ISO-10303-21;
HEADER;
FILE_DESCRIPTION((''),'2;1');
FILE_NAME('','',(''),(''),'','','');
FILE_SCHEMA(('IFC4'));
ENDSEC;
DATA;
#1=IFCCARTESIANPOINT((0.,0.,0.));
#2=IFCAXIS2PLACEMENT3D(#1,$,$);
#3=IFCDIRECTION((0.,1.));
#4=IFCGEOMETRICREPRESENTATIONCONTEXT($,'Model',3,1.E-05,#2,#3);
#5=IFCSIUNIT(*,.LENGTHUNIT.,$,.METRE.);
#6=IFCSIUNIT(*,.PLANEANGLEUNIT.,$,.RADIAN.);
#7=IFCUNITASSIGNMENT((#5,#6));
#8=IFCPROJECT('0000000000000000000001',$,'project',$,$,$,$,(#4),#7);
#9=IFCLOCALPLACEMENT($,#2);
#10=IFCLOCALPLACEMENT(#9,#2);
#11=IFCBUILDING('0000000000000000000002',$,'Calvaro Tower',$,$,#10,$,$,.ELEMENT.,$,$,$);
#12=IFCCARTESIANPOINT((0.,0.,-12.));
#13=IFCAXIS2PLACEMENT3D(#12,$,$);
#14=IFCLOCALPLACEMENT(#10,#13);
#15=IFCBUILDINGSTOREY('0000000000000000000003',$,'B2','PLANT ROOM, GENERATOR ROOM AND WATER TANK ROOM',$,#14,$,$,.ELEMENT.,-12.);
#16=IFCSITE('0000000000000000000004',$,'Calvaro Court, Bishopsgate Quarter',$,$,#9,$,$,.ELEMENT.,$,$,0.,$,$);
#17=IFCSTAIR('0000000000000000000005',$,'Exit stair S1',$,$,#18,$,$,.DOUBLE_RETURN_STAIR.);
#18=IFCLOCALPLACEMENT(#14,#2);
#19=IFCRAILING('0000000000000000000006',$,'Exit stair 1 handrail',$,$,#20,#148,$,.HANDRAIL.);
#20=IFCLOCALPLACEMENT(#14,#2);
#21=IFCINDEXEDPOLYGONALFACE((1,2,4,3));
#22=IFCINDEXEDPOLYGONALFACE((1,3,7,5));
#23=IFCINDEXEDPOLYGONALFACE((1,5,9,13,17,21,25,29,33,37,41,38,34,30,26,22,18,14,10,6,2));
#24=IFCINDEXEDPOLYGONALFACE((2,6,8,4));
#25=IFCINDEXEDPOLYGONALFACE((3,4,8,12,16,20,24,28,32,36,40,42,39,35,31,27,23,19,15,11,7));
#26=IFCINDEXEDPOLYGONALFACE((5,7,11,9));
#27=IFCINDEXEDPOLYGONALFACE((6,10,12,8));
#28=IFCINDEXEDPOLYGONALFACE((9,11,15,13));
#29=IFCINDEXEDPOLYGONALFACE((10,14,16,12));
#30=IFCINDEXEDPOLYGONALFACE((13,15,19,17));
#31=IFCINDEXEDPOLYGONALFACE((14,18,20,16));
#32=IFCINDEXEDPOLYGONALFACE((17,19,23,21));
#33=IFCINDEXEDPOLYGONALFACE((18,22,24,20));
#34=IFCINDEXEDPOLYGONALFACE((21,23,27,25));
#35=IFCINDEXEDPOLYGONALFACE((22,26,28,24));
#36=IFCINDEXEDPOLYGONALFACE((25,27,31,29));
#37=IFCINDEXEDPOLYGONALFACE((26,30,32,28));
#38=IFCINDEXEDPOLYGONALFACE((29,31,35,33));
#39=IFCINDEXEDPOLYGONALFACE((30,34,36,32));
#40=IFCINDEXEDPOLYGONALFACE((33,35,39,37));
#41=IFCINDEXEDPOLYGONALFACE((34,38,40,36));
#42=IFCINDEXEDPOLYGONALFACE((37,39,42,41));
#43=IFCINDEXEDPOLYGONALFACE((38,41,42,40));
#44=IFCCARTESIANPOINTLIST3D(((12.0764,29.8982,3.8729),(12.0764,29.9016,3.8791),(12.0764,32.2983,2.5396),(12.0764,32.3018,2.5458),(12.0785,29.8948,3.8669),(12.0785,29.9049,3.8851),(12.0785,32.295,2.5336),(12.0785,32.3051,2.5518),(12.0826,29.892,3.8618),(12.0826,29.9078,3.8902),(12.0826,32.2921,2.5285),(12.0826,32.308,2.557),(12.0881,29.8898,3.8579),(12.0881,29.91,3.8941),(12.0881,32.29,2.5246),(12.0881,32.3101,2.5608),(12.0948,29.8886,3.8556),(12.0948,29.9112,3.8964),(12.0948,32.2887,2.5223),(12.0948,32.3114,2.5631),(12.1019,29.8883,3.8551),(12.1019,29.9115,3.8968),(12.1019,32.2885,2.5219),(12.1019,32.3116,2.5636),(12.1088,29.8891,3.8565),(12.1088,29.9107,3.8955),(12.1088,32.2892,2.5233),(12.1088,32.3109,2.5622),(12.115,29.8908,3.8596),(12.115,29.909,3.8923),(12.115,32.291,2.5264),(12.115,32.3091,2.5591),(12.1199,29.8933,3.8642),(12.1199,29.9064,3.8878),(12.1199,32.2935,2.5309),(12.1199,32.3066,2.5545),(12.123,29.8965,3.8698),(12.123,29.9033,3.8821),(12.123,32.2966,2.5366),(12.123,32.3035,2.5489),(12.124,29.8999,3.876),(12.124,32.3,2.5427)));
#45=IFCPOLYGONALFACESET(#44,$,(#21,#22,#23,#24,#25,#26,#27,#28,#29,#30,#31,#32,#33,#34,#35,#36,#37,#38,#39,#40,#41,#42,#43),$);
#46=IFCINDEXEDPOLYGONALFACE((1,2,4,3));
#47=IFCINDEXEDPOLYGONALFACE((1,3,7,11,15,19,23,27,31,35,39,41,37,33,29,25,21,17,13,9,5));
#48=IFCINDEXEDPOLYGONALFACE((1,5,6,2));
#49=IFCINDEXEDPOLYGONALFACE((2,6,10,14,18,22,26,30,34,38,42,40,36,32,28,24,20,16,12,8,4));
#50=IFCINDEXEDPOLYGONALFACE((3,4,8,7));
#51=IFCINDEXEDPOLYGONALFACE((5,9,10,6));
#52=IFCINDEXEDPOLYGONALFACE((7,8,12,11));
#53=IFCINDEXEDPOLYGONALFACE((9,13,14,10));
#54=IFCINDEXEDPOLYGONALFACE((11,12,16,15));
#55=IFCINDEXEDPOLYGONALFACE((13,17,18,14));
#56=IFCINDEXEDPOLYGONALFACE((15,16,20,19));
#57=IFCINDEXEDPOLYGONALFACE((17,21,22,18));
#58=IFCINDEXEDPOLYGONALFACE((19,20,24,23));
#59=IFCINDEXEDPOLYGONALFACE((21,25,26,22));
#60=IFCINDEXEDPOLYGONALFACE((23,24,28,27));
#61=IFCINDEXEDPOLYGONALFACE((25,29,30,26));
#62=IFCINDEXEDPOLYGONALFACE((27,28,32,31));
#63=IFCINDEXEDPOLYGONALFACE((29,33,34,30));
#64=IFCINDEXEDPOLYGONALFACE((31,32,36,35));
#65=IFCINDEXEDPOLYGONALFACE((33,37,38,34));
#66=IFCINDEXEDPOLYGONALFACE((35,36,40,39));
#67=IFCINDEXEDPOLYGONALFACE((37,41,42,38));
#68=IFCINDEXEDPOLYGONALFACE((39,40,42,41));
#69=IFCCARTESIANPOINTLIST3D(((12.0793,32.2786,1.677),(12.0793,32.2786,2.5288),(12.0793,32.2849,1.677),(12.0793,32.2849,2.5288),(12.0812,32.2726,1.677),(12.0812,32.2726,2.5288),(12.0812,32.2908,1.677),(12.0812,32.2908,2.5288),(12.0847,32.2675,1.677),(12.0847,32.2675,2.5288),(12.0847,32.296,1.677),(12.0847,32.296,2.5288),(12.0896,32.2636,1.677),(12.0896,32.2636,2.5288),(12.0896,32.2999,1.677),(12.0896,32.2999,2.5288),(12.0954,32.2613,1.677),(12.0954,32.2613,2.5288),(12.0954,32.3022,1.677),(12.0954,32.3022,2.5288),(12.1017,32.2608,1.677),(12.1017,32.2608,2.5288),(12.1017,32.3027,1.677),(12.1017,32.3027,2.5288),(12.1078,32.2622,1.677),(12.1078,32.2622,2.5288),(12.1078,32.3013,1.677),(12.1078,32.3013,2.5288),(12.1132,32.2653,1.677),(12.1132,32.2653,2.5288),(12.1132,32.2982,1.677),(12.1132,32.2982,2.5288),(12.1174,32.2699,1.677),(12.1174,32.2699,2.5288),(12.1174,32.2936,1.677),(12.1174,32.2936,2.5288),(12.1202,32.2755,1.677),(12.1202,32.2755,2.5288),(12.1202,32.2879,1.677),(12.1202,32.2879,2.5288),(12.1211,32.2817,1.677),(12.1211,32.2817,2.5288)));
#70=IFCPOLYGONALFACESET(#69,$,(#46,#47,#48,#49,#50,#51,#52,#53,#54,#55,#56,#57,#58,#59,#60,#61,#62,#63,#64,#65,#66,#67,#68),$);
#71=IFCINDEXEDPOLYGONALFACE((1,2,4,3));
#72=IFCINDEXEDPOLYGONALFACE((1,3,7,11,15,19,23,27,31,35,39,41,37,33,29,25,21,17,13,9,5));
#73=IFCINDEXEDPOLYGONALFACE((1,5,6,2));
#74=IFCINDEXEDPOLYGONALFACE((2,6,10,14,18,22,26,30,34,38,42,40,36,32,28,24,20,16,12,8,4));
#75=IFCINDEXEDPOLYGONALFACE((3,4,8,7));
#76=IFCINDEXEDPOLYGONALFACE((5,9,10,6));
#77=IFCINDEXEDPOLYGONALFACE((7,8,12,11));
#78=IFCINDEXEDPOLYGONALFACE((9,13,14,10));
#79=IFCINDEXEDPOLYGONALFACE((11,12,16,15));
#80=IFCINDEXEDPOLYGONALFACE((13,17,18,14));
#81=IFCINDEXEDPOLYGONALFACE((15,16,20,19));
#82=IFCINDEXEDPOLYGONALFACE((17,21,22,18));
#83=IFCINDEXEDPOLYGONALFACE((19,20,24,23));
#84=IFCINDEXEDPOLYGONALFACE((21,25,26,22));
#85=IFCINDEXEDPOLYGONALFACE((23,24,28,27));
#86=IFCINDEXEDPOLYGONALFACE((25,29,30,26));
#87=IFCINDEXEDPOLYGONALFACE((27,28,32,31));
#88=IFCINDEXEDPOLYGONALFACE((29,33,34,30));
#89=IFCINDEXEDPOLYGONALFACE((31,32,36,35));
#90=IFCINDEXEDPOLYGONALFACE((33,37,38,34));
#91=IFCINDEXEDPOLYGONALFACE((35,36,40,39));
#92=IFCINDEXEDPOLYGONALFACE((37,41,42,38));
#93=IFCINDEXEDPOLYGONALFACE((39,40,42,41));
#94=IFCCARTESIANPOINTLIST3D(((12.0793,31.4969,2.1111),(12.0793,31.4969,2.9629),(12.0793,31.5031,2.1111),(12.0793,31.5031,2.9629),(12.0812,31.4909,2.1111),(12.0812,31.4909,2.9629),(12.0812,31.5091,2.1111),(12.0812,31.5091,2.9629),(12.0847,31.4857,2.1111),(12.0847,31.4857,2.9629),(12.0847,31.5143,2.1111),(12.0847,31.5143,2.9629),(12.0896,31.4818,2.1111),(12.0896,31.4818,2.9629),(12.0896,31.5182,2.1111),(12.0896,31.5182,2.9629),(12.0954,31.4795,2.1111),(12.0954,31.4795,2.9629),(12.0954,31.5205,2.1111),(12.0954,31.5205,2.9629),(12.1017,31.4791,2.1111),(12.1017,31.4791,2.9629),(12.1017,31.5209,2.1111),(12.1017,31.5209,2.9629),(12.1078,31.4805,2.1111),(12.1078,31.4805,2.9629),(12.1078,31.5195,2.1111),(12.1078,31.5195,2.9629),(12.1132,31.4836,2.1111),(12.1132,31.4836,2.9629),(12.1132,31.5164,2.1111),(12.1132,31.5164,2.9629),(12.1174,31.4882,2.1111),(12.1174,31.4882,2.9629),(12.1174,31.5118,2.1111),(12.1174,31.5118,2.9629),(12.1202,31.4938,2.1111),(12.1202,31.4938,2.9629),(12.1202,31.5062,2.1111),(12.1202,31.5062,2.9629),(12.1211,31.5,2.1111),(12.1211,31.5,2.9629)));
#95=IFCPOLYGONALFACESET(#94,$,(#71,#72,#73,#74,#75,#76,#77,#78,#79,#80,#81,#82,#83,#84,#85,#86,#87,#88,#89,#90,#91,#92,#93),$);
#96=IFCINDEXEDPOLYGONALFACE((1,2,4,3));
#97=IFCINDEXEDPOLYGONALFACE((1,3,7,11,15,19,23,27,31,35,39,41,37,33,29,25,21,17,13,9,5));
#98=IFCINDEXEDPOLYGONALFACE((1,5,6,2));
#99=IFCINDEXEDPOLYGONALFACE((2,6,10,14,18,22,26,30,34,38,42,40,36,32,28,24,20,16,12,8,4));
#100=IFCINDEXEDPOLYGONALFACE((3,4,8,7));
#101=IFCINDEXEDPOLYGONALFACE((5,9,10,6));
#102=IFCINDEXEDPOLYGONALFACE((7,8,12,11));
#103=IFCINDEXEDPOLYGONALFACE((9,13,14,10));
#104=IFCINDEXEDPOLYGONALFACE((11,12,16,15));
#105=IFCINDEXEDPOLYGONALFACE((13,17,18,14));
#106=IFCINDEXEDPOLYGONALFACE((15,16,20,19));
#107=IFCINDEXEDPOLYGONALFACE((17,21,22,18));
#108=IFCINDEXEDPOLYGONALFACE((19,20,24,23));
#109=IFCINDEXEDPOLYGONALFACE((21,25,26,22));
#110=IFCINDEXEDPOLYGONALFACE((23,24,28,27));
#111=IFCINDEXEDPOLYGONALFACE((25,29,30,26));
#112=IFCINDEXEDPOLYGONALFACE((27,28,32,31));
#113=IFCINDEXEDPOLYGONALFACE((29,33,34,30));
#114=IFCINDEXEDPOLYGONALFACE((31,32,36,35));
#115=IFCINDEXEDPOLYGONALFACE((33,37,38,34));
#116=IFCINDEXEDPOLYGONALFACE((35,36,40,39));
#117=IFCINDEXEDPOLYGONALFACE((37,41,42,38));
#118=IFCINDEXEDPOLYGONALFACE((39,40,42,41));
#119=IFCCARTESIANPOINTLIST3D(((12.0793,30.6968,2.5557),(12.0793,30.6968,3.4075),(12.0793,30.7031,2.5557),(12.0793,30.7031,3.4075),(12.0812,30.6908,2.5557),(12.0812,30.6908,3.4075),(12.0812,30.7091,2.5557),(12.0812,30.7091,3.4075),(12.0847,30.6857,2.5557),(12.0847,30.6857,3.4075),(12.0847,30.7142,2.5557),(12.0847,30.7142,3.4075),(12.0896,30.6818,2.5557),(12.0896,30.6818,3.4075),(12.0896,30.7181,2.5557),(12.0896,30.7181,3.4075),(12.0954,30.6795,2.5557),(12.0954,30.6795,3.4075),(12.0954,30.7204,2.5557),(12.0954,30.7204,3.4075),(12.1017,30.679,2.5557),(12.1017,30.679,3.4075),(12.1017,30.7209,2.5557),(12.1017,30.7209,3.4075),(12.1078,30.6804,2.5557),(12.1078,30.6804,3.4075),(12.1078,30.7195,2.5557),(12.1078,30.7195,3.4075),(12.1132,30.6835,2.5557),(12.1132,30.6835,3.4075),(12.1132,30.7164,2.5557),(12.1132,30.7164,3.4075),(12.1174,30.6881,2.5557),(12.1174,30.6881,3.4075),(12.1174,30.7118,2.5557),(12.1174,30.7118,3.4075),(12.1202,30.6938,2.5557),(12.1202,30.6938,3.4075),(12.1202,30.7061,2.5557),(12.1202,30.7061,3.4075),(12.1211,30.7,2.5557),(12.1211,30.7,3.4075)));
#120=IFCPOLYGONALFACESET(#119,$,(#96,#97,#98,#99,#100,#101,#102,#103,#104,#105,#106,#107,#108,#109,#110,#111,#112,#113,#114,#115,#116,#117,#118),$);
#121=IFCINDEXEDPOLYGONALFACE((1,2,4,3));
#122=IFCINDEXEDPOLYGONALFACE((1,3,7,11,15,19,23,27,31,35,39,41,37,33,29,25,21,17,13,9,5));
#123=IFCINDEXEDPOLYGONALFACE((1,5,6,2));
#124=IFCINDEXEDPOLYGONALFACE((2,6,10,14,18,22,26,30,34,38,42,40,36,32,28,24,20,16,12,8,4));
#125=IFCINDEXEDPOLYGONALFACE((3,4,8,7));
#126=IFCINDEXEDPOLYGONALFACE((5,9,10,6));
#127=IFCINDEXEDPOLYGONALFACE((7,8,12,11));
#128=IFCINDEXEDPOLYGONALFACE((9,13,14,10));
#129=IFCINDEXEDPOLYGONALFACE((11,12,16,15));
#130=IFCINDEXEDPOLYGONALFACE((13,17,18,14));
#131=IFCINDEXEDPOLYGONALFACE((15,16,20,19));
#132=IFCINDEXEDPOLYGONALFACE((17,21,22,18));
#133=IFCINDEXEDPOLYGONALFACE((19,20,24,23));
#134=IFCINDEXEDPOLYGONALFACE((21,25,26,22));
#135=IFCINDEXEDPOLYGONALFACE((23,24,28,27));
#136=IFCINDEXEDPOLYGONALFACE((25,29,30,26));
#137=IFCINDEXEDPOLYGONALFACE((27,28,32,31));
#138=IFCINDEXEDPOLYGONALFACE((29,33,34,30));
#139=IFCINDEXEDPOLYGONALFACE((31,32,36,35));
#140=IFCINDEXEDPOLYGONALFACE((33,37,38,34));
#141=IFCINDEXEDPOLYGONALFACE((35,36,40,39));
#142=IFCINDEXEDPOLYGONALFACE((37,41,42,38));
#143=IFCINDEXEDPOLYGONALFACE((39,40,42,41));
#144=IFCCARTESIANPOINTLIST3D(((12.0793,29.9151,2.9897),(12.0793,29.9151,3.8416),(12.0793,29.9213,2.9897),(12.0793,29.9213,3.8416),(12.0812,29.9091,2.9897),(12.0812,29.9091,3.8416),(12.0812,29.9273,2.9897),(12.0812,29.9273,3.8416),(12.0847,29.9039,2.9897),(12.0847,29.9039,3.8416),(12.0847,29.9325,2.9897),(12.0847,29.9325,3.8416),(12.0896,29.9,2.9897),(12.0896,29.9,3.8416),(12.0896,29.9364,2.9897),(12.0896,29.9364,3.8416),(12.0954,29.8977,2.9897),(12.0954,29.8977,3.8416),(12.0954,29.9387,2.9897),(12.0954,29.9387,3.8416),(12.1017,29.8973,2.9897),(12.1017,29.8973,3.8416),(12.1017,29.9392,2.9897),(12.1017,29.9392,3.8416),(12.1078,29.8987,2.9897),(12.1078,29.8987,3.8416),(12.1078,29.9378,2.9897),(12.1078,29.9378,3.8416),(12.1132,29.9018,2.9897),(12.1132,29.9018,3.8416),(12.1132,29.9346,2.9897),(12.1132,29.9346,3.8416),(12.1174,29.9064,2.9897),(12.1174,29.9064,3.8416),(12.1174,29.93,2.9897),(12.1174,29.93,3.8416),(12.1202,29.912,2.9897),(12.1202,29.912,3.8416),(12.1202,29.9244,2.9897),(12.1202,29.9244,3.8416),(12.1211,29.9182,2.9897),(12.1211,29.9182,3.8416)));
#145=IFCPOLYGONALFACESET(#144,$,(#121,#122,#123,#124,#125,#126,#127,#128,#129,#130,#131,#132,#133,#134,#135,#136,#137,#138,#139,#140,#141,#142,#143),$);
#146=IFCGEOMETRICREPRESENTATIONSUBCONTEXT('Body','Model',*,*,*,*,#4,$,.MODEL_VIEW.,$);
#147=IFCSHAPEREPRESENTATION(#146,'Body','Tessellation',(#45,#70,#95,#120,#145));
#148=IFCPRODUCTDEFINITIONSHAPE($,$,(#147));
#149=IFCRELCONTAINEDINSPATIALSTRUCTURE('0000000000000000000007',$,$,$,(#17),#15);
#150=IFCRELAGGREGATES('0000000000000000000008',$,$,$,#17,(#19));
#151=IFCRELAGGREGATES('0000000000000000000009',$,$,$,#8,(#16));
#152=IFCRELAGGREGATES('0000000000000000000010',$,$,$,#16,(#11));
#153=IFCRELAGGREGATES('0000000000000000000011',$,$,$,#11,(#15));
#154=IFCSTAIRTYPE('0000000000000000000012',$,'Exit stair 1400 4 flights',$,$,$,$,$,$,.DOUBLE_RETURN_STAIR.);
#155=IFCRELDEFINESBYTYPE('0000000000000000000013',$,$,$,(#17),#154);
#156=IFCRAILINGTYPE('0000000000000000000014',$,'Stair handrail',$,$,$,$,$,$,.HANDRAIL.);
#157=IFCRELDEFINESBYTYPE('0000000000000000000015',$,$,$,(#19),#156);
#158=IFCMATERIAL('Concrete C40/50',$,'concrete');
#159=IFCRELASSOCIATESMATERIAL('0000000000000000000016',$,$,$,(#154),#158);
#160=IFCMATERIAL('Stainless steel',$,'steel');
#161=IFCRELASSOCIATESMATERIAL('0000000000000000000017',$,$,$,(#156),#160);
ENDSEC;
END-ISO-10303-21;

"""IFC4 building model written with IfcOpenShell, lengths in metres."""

from ifc_helpers import new_model, si_unit, direction, frame, origin, origin_2d, place, context, subcontext, project, spatial, circle, extrude, material, type_object, element, aggregate, save


model = new_model("IFC4")

# Units and contexts
model_context = context("Model", 3, precision=1e-05, world=origin(), true_north=direction((0.0, 1.0)))
body_context = subcontext(model_context, "Body", "Model", "MODEL_VIEW")
ifc_project = project(units=[si_unit("LENGTHUNIT", "METRE"), si_unit("PLANEANGLEUNIT", "RADIAN")], contexts=[model_context])

# Site, building, storey
site_placement = place(None, origin())
site = spatial("IfcSite", under=ifc_project, at=site_placement, Name="Calvaro Court, Bishopsgate Quarter", CompositionType="ELEMENT", RefElevation=0.0)
building_placement = place(site_placement, origin())
building = spatial("IfcBuilding", under=site, at=building_placement, Name="Calvaro Tower", CompositionType="ELEMENT")
storey_placement = place(building_placement, frame((0.0, 0.0, -12.0)))
storey = spatial("IfcBuildingStorey", under=building, at=storey_placement, Name="B2", Description="PLANT ROOM, GENERATOR ROOM AND WATER TANK ROOM", CompositionType="ELEMENT", Elevation=-12.0)

# Stair, railing
ifc_material_1 = material(Name="Concrete C40/50", Category="concrete")
stair_type = type_object("IfcStairType", Name="Exit stair 1400 4 flights", PredefinedType="DOUBLE_RETURN_STAIR", material=ifc_material_1)
stair_placement = place(storey_placement, origin())
stair = element("IfcStair", 1, at=stair_placement, inside=storey, type_object=stair_type, Name="Exit stair S1", PredefinedType="DOUBLE_RETURN_STAIR")
ifc_material_2 = material(Name="Stainless steel", Category="steel")
railing_type = type_object("IfcRailingType", Name="Stair handrail", PredefinedType="HANDRAIL", material=ifc_material_2)
railing_1_placement = place(storey_placement, frame((12.1001, 32.3, 1.6667)))
railing_1 = element("IfcRailing", 2, at=railing_1_placement, type_object=railing_type, Name="Exit stair 1 handrail", PredefinedType="HANDRAIL", context=body_context, shape_type="SweptSolid", body=[
    extrude(circle(Radius=0.0239, at=origin_2d()), frame((0.0, 0.0, 0.876), z_axis=(0.0, -0.874182, 0.485598), x_axis=(1.0, 0.0, 0.0)), (0.0, 0.0, 1.0), 2.7456),
    extrude(circle(Radius=0.021, at=origin_2d()), frame((0.0, -0.0183, 0.0103)), (0.0, 0.0, 1.0), 0.8518),
    extrude(circle(Radius=0.021, at=origin_2d()), frame((0.0, -0.8, 0.4443)), (0.0, 0.0, 1.0), 0.8518),
    extrude(circle(Radius=0.021, at=origin_2d()), frame((0.0, -1.6001, 0.8889)), (0.0, 0.0, 1.0), 0.8518),
    extrude(circle(Radius=0.021, at=origin_2d()), frame((0.0, -2.3818, 1.323)), (0.0, 0.0, 1.0), 0.8518),
])
aggregate(stair, [railing_1])

save(model, "model.ifc")
